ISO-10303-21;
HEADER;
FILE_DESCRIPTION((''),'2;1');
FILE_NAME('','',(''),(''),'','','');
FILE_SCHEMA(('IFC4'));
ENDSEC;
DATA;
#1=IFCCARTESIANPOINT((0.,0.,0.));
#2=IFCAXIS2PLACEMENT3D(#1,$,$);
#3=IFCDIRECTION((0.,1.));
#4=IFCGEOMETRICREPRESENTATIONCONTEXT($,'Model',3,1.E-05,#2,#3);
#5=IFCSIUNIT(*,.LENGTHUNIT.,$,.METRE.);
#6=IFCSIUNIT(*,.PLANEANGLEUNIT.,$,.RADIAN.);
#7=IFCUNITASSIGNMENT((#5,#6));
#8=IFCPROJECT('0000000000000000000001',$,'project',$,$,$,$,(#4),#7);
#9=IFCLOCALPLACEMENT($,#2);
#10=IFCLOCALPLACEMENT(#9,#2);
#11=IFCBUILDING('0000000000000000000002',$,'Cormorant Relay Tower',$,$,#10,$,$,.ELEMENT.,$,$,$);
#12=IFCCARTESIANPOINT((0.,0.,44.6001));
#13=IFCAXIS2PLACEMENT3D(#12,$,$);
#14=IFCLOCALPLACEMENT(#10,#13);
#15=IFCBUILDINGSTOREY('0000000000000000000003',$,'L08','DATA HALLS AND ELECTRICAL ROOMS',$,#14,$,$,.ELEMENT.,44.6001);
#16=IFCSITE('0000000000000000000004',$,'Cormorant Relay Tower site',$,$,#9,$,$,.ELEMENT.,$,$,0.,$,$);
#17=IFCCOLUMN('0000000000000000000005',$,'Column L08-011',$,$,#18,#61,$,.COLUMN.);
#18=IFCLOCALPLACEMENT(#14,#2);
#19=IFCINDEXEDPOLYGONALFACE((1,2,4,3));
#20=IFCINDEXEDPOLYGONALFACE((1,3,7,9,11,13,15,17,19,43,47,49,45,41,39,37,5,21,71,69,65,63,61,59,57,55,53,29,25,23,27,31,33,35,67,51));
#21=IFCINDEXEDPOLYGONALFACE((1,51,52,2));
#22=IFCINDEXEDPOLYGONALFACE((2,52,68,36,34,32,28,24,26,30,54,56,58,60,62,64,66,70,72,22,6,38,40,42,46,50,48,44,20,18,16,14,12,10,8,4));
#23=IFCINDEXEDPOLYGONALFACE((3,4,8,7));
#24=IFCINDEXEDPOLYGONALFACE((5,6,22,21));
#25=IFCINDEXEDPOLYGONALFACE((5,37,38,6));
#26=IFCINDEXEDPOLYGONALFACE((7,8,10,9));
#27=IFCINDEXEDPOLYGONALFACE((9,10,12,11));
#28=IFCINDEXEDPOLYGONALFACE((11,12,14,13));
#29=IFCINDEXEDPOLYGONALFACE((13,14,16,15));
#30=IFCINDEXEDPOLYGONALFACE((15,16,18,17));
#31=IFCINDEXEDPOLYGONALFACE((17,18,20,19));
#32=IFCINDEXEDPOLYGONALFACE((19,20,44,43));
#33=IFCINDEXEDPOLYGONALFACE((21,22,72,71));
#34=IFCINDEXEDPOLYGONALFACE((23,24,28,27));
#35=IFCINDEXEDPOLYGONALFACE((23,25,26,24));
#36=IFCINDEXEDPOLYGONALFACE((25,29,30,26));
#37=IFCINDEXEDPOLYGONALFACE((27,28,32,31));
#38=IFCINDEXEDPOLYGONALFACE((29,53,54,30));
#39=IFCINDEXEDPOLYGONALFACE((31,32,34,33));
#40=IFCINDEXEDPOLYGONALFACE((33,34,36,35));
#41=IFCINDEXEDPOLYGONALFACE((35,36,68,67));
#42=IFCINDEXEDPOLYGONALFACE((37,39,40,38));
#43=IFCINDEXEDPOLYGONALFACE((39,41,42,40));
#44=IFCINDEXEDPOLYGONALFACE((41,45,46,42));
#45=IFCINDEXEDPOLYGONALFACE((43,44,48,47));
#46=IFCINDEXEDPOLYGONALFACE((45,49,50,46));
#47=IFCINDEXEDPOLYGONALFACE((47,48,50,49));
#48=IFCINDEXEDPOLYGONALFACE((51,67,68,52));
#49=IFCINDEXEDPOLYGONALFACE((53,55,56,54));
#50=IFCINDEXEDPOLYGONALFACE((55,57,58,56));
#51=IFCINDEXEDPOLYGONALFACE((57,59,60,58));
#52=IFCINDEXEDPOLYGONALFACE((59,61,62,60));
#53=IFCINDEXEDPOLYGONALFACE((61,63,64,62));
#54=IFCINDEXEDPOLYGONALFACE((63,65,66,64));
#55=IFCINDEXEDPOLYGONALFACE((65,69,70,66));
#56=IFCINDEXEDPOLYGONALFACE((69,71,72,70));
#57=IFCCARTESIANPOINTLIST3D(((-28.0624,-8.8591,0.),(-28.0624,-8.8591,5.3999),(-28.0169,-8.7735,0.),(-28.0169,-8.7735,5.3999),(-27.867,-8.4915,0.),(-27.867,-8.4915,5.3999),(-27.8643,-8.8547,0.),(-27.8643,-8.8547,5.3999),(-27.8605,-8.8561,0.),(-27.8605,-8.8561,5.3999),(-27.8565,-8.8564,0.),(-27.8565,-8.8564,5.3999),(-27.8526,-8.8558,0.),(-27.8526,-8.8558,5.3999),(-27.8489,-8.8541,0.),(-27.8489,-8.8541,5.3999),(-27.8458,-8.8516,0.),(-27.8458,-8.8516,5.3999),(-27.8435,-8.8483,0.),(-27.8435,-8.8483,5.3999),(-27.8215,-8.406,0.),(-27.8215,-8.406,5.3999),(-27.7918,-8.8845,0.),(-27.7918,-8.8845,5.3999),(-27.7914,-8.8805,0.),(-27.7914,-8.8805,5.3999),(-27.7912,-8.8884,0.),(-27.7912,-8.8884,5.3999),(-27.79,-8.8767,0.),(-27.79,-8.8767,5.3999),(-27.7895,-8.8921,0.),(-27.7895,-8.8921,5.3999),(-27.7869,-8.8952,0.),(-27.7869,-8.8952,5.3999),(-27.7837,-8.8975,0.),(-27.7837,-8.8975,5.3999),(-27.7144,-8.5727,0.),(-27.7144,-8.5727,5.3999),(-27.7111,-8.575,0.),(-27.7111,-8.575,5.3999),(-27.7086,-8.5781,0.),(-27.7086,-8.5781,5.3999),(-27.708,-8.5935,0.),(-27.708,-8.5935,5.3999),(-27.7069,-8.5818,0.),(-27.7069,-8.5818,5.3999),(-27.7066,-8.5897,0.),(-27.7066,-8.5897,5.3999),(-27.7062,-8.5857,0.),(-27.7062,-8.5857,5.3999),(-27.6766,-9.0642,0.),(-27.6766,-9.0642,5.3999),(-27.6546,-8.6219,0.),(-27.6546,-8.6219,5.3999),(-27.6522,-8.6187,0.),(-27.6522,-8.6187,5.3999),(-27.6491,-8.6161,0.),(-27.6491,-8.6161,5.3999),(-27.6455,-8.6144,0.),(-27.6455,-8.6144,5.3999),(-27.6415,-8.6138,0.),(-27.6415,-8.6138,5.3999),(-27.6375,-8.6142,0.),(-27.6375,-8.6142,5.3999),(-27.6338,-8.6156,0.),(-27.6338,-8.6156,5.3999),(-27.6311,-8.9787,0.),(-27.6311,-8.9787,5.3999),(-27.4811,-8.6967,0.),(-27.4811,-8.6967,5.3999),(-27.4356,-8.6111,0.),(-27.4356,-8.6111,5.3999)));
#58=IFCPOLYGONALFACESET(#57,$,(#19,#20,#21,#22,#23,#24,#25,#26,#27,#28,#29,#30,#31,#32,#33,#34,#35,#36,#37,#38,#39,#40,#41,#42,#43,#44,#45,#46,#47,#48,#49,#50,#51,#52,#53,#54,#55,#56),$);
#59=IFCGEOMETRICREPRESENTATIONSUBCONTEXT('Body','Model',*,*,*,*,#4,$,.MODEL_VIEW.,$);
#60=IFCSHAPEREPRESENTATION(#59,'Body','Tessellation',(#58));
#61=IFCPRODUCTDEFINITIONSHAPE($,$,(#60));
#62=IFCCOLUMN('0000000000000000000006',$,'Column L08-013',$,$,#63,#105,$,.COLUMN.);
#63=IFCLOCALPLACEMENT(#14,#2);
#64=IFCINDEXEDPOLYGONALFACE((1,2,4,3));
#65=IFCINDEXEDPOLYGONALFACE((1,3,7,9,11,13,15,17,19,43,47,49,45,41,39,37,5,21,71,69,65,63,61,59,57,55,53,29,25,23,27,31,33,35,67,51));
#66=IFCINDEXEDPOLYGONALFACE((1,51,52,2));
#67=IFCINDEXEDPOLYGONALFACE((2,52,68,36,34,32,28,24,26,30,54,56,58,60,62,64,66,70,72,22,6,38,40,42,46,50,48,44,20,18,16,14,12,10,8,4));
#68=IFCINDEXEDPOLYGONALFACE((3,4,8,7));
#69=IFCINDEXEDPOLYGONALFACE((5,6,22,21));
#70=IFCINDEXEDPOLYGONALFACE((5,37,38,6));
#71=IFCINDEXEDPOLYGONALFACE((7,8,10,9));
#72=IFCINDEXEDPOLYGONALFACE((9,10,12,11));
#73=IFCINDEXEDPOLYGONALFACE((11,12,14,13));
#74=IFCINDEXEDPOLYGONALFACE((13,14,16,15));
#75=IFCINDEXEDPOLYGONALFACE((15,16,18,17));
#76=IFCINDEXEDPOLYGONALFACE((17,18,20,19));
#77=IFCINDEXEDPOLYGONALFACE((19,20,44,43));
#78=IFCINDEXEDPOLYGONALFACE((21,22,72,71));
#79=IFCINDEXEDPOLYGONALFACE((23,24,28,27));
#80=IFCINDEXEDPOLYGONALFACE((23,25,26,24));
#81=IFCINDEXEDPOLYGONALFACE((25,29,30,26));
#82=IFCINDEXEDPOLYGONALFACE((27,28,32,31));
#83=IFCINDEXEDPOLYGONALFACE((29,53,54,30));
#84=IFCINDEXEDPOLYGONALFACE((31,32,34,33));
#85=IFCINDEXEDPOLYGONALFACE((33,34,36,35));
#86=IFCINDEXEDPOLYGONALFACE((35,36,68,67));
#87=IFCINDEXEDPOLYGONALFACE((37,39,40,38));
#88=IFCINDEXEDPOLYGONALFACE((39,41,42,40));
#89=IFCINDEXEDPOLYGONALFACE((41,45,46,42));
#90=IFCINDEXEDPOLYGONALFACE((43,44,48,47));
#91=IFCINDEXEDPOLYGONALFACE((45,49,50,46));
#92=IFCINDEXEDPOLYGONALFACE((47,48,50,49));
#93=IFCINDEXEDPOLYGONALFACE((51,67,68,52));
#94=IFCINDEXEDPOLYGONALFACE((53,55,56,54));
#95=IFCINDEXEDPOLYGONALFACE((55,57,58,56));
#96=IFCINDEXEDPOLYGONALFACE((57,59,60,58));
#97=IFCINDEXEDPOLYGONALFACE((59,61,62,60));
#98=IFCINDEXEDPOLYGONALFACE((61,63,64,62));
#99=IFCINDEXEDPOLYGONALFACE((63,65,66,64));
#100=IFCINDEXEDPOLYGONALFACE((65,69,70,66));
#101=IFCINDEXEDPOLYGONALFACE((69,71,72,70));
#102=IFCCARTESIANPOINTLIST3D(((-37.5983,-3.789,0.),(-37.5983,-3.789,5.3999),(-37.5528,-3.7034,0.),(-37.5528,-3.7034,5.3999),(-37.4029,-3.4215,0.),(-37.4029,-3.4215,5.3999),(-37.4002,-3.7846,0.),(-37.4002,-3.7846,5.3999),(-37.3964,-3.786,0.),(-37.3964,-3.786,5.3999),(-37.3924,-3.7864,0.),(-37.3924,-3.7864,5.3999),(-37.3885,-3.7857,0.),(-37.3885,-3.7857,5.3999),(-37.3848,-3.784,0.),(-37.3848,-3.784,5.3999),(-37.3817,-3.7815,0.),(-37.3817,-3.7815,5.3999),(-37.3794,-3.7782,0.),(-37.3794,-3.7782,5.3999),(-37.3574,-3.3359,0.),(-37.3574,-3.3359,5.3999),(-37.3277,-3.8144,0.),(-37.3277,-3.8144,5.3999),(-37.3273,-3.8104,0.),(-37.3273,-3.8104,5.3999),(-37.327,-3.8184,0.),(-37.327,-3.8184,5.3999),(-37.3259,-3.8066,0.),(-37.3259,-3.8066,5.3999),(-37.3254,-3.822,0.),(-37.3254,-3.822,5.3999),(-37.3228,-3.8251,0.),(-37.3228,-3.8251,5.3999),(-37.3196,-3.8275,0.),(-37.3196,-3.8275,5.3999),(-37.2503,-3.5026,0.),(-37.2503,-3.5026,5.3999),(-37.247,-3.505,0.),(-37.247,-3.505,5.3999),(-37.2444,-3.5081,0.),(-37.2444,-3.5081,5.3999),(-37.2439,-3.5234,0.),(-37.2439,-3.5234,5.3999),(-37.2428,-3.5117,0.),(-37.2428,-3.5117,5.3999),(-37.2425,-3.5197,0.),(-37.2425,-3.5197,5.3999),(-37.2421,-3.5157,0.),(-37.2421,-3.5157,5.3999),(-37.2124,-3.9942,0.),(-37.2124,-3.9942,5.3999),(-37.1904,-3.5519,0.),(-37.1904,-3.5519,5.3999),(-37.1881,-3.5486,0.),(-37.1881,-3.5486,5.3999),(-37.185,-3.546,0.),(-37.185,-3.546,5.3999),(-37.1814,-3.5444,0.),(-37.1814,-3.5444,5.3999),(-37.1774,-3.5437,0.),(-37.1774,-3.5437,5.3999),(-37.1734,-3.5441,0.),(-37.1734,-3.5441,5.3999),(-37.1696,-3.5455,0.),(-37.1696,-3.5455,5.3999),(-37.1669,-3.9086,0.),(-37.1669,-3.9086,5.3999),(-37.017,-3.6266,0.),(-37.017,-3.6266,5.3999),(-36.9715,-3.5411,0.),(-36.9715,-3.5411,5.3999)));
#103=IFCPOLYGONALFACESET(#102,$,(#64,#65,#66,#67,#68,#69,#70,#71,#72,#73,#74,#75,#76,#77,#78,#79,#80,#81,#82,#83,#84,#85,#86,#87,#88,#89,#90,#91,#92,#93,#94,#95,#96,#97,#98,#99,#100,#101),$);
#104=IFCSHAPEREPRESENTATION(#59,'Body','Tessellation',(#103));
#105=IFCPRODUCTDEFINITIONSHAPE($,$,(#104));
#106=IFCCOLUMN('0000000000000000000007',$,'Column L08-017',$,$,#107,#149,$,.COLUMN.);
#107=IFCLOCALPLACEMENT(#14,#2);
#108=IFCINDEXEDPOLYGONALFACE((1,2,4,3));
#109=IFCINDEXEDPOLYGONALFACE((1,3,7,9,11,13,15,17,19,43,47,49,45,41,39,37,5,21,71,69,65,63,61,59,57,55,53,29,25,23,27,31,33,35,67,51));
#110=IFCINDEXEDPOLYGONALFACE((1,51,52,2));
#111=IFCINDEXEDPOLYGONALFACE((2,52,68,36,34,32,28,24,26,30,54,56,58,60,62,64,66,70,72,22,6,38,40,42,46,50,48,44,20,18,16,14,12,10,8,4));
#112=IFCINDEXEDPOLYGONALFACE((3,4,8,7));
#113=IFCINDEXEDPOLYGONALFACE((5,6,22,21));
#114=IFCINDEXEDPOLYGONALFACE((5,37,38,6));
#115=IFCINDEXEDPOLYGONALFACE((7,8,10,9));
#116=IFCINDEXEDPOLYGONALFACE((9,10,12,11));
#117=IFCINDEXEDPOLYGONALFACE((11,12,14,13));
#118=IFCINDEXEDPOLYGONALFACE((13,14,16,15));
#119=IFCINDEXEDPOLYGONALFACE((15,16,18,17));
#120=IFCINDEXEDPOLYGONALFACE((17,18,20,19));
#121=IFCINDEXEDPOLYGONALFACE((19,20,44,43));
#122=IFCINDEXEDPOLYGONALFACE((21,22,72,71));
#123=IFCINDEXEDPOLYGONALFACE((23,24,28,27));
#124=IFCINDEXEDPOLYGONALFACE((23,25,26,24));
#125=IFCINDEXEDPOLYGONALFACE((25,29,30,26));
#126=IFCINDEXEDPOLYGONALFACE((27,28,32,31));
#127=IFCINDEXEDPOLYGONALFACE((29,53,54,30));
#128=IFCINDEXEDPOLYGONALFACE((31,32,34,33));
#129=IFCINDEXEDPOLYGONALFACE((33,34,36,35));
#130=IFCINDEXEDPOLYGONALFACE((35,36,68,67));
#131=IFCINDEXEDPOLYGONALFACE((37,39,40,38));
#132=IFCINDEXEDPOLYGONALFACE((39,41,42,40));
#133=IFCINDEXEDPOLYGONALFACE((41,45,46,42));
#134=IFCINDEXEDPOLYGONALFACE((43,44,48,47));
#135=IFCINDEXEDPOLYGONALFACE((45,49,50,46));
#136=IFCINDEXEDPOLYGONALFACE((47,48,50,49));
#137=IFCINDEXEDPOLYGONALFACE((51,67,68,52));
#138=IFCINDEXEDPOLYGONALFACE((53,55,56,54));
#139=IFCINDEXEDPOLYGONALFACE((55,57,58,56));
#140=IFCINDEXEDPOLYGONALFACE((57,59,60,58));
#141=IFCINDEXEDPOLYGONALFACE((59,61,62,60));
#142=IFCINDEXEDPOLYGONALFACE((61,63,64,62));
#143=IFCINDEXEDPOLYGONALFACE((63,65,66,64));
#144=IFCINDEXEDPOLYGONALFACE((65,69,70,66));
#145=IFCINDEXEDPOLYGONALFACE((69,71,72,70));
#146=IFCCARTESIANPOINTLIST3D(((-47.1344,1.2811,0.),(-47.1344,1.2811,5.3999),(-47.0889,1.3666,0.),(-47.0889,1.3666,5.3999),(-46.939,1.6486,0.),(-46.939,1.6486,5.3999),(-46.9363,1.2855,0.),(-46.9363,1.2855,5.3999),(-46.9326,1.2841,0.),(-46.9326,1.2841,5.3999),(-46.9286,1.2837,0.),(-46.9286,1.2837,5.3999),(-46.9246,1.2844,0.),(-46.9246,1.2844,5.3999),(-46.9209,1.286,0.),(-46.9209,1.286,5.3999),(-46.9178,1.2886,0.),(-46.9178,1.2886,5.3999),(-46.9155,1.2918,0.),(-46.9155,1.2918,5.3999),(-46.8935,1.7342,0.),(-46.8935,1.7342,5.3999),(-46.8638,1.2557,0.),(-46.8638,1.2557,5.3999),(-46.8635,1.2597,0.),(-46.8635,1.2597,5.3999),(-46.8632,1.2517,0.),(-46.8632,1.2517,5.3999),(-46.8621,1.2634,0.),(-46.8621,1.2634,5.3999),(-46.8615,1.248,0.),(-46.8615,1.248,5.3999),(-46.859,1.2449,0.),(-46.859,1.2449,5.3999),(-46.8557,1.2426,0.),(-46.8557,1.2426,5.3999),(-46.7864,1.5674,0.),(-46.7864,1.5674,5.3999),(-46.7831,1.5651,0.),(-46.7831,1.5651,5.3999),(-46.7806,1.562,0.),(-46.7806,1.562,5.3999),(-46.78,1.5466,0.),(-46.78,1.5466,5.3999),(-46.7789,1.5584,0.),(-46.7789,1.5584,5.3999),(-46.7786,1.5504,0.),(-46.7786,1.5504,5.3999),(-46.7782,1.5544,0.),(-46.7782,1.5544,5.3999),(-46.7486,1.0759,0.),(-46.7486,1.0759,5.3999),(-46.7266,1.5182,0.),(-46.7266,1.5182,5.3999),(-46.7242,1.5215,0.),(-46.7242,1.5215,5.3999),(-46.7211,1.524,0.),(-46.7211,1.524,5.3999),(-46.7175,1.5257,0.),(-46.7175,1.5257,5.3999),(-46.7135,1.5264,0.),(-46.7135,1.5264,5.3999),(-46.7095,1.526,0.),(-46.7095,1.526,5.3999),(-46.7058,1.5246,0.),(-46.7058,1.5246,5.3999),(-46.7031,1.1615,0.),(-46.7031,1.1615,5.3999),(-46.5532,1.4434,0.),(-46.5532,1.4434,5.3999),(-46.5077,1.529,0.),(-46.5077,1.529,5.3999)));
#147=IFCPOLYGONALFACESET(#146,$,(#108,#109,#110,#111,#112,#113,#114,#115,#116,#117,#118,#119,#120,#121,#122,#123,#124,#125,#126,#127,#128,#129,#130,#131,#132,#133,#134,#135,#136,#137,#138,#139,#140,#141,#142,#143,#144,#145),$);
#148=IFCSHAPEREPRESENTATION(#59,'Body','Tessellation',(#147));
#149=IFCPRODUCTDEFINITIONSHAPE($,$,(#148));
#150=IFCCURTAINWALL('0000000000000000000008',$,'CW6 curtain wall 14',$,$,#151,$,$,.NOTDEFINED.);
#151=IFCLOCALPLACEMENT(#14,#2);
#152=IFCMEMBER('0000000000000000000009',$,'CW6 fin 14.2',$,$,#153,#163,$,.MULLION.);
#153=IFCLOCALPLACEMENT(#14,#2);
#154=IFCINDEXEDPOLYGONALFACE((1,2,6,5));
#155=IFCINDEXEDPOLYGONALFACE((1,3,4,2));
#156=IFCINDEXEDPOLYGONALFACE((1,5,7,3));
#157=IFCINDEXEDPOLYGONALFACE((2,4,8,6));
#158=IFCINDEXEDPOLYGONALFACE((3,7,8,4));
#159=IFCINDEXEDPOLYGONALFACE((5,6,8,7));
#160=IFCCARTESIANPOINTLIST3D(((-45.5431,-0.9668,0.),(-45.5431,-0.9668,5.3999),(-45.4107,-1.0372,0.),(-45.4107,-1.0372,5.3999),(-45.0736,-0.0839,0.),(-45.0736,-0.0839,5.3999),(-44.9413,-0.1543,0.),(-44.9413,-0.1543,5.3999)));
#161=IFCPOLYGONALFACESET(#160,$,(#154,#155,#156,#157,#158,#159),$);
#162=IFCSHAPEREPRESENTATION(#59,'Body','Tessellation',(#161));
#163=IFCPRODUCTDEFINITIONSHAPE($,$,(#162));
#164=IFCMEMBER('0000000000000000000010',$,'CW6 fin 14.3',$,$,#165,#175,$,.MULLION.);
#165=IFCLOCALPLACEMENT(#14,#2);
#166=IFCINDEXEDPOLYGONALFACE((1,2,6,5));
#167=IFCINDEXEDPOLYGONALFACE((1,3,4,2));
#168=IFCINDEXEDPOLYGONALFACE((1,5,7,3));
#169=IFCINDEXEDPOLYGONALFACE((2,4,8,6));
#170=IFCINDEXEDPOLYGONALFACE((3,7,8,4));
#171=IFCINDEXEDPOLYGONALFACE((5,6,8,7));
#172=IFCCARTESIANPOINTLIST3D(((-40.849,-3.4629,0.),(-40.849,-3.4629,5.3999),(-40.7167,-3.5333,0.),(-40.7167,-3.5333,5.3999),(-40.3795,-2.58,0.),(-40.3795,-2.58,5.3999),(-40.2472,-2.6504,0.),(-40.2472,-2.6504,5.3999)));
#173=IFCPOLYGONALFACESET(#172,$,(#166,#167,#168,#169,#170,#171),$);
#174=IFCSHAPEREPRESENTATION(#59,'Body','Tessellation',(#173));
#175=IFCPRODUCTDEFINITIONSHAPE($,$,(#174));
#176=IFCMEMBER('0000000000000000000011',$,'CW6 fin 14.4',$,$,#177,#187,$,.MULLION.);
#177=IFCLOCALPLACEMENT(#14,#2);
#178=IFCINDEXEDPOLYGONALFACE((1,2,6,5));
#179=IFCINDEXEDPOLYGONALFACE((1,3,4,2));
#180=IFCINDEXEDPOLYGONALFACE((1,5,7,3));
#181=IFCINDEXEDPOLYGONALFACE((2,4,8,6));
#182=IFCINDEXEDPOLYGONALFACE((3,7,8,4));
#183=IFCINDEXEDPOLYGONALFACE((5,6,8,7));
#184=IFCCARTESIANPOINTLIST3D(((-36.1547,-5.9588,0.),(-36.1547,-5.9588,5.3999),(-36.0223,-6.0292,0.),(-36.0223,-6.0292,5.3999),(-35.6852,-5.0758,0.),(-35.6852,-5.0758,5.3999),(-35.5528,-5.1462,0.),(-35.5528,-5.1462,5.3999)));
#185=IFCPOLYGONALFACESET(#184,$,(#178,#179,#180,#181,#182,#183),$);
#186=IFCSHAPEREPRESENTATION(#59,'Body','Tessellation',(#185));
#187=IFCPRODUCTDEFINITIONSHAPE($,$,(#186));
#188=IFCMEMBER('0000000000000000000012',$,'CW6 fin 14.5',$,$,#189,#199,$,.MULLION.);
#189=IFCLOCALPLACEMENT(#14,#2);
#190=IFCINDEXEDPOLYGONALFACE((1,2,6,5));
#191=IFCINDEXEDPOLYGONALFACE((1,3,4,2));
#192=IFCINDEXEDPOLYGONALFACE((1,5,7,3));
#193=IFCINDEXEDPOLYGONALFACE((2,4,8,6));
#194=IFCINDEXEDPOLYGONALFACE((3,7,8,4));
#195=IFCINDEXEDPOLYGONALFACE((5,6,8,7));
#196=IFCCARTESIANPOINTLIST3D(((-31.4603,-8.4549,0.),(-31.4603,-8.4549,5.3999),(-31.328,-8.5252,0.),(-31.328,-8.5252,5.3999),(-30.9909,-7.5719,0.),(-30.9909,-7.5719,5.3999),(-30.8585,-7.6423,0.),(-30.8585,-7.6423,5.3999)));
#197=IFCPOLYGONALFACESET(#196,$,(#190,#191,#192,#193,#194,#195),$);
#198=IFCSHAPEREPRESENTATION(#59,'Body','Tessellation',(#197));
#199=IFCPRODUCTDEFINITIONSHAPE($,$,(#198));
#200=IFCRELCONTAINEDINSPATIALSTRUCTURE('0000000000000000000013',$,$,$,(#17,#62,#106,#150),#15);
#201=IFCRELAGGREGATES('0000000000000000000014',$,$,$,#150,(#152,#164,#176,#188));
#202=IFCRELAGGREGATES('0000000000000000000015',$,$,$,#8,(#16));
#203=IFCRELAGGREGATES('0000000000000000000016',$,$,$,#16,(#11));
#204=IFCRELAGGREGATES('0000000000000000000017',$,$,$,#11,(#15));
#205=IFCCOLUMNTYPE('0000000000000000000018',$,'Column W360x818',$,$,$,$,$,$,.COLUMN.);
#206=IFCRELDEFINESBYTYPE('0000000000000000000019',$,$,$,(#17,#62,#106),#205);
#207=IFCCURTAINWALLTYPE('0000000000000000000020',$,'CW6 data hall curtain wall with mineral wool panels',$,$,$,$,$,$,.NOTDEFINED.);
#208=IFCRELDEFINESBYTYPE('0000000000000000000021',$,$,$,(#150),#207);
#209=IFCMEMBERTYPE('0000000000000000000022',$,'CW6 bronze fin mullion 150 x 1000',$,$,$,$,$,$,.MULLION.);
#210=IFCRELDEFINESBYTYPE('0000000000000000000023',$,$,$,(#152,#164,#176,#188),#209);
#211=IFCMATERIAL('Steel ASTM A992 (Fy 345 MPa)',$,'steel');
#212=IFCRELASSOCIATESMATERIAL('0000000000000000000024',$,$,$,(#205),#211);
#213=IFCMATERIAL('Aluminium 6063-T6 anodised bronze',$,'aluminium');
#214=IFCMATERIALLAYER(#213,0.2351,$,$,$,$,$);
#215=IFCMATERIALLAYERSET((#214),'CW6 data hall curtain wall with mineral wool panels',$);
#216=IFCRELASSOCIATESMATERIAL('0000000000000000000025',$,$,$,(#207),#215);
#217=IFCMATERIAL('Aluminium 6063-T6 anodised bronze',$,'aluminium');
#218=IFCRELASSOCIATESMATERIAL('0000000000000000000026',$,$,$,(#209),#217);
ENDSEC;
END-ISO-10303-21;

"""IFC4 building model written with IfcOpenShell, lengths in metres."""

from ifc_helpers import new_model, si_unit, direction, frame, origin, origin_2d, place, context, subcontext, project, spatial, rectangle, i_section, extrude, material, layer, layer_set, material_profile, profile_set, type_object, element, aggregate, save


model = new_model("IFC4")

# Units and contexts
model_context = context("Model", 3, precision=1e-05, world=origin(), true_north=direction((0.0, 1.0)))
body_context = subcontext(model_context, "Body", "Model", "MODEL_VIEW")
ifc_project = project(units=[si_unit("LENGTHUNIT", "METRE"), si_unit("PLANEANGLEUNIT", "RADIAN")], contexts=[model_context])

# Site, building, storey
site_placement = place(None, origin())
site = spatial("IfcSite", under=ifc_project, at=site_placement, Name="Cormorant Relay Tower site", CompositionType="ELEMENT", RefElevation=0.0)
building_placement = place(site_placement, origin())
building = spatial("IfcBuilding", under=site, at=building_placement, Name="Cormorant Relay Tower", CompositionType="ELEMENT")
storey_placement = place(building_placement, frame((0.0, 0.0, 44.6001)))
storey = spatial("IfcBuildingStorey", under=building, at=storey_placement, Name="L08", Description="DATA HALLS AND ELECTRICAL ROOMS", CompositionType="ELEMENT", Elevation=44.6001)

# Columns
ifc_material_1 = material(Name="Steel ASTM A992 (Fy 345 MPa)", Category="steel")
ifc_material_profile_1 = material_profile(ifc_material_1, i_section(OverallWidth=0.437, OverallDepth=0.5132, WebThickness=0.0605, FlangeThickness=0.0969, FilletRadius=0.0154, at=origin_2d()), Name="W360x818")
ifc_profile_set_1 = profile_set([ifc_material_profile_1], Name="Steel ASTM A992 (Fy 345 MPa)")
column_type = type_object("IfcColumnType", Name="Column W360x818", PredefinedType="COLUMN", material=ifc_profile_set_1)
for number, where, z_axis, x_axis, name in (
    (1, (-27.749, -8.7351, 0.0), (0.0, 0.0, 1.0), (0.882948, -0.469472, 0.0), "Column L08-011"),
    (2, (-37.2849, -3.665, 0.0), (0.0, 0.0, 1.0), (0.882948, -0.469472, 0.0), "Column L08-013"),
    (3, (-46.821, 1.405, 0.0), (0.0, 0.0, 1.0), (0.882948, -0.469472, 0.0), "Column L08-017"),
):
    element("IfcColumn", number, at=place(storey_placement, frame(where, z_axis=z_axis, x_axis=x_axis)), inside=storey, type_object=column_type, Name=name, PredefinedType="COLUMN", context=body_context, shape_type="SweptSolid", body=[
        extrude(i_section(OverallWidth=0.437, OverallDepth=0.5132, WebThickness=0.0605, FlangeThickness=0.0969, FilletRadius=0.0154, at=origin_2d()), origin(), (0.0, 0.0, 1.0), 5.3999),
    ])

# Curtain wall, members
ifc_material_2 = material(Name="Aluminium 6063-T6 anodised bronze", Category="aluminium")
ifc_layer_1 = layer(ifc_material_2, 0.2351)
ifc_layer_set_1 = layer_set([ifc_layer_1], Name="CW6 data hall curtain wall with mineral wool panels")
curtain_wall_type = type_object("IfcCurtainWallType", Name="CW6 data hall curtain wall with mineral wool panels", PredefinedType="NOTDEFINED", material=ifc_layer_set_1)
curtain_wall_placement = place(storey_placement, origin())
curtain_wall = element("IfcCurtainWall", 4, at=curtain_wall_placement, inside=storey, type_object=curtain_wall_type, Name="CW6 curtain wall 14", PredefinedType="NOTDEFINED")
ifc_material_3 = material(Name="Aluminium 6063-T6 anodised bronze", Category="aluminium")
ifc_material_profile_2 = material_profile(ifc_material_3, rectangle(XDim=0.1499, YDim=1.0, at=origin_2d()), Name="AL 150x1000")
ifc_profile_set_2 = profile_set([ifc_material_profile_2], Name="Aluminium 6063-T6 anodised bronze")
member_type = type_object("IfcMemberType", Name="CW6 bronze fin mullion 150 x 1000", PredefinedType="MULLION", material=ifc_profile_set_2)
member_1_placement = place(storey_placement, frame((-45.2422, -0.5605, 0.0), z_axis=(0.0, 0.0, 1.0), x_axis=(0.882948, -0.469472, 0.0)))
member_1 = element("IfcMember", 5, at=member_1_placement, type_object=member_type, Name="CW6 fin 14.2", PredefinedType="MULLION", context=body_context, shape_type="SweptSolid", body=[
    extrude(rectangle(XDim=0.1499, YDim=1.0, at=origin_2d()), origin(), (0.0, 0.0, 1.0), 5.3999),
])
member_2_placement = place(storey_placement, frame((-40.5481, -3.0566, 0.0), z_axis=(0.0, 0.0, 1.0), x_axis=(0.882948, -0.469472, 0.0)))
member_2 = element("IfcMember", 6, at=member_2_placement, type_object=member_type, Name="CW6 fin 14.3", PredefinedType="MULLION", context=body_context, shape_type="SweptSolid", body=[
    extrude(rectangle(XDim=0.1499, YDim=1.0, at=origin_2d()), origin(), (0.0, 0.0, 1.0), 5.3999),
])
member_3_placement = place(storey_placement, frame((-35.8538, -5.5525, 0.0), z_axis=(0.0, 0.0, 1.0), x_axis=(0.882948, -0.469472, 0.0)))
member_3 = element("IfcMember", 7, at=member_3_placement, type_object=member_type, Name="CW6 fin 14.4", PredefinedType="MULLION", context=body_context, shape_type="SweptSolid", body=[
    extrude(rectangle(XDim=0.1499, YDim=1.0, at=origin_2d()), origin(), (0.0, 0.0, 1.0), 5.3999),
])
member_4_placement = place(storey_placement, frame((-31.1594, -8.0486, 0.0), z_axis=(0.0, 0.0, 1.0), x_axis=(0.882948, -0.469472, 0.0)))
member_4 = element("IfcMember", 8, at=member_4_placement, type_object=member_type, Name="CW6 fin 14.5", PredefinedType="MULLION", context=body_context, shape_type="SweptSolid", body=[
    extrude(rectangle(XDim=0.1499, YDim=1.0, at=origin_2d()), origin(), (0.0, 0.0, 1.0), 5.3999),
])

aggregate(curtain_wall, [member_1, member_2, member_3, member_4])

save(model, "model.ifc")
